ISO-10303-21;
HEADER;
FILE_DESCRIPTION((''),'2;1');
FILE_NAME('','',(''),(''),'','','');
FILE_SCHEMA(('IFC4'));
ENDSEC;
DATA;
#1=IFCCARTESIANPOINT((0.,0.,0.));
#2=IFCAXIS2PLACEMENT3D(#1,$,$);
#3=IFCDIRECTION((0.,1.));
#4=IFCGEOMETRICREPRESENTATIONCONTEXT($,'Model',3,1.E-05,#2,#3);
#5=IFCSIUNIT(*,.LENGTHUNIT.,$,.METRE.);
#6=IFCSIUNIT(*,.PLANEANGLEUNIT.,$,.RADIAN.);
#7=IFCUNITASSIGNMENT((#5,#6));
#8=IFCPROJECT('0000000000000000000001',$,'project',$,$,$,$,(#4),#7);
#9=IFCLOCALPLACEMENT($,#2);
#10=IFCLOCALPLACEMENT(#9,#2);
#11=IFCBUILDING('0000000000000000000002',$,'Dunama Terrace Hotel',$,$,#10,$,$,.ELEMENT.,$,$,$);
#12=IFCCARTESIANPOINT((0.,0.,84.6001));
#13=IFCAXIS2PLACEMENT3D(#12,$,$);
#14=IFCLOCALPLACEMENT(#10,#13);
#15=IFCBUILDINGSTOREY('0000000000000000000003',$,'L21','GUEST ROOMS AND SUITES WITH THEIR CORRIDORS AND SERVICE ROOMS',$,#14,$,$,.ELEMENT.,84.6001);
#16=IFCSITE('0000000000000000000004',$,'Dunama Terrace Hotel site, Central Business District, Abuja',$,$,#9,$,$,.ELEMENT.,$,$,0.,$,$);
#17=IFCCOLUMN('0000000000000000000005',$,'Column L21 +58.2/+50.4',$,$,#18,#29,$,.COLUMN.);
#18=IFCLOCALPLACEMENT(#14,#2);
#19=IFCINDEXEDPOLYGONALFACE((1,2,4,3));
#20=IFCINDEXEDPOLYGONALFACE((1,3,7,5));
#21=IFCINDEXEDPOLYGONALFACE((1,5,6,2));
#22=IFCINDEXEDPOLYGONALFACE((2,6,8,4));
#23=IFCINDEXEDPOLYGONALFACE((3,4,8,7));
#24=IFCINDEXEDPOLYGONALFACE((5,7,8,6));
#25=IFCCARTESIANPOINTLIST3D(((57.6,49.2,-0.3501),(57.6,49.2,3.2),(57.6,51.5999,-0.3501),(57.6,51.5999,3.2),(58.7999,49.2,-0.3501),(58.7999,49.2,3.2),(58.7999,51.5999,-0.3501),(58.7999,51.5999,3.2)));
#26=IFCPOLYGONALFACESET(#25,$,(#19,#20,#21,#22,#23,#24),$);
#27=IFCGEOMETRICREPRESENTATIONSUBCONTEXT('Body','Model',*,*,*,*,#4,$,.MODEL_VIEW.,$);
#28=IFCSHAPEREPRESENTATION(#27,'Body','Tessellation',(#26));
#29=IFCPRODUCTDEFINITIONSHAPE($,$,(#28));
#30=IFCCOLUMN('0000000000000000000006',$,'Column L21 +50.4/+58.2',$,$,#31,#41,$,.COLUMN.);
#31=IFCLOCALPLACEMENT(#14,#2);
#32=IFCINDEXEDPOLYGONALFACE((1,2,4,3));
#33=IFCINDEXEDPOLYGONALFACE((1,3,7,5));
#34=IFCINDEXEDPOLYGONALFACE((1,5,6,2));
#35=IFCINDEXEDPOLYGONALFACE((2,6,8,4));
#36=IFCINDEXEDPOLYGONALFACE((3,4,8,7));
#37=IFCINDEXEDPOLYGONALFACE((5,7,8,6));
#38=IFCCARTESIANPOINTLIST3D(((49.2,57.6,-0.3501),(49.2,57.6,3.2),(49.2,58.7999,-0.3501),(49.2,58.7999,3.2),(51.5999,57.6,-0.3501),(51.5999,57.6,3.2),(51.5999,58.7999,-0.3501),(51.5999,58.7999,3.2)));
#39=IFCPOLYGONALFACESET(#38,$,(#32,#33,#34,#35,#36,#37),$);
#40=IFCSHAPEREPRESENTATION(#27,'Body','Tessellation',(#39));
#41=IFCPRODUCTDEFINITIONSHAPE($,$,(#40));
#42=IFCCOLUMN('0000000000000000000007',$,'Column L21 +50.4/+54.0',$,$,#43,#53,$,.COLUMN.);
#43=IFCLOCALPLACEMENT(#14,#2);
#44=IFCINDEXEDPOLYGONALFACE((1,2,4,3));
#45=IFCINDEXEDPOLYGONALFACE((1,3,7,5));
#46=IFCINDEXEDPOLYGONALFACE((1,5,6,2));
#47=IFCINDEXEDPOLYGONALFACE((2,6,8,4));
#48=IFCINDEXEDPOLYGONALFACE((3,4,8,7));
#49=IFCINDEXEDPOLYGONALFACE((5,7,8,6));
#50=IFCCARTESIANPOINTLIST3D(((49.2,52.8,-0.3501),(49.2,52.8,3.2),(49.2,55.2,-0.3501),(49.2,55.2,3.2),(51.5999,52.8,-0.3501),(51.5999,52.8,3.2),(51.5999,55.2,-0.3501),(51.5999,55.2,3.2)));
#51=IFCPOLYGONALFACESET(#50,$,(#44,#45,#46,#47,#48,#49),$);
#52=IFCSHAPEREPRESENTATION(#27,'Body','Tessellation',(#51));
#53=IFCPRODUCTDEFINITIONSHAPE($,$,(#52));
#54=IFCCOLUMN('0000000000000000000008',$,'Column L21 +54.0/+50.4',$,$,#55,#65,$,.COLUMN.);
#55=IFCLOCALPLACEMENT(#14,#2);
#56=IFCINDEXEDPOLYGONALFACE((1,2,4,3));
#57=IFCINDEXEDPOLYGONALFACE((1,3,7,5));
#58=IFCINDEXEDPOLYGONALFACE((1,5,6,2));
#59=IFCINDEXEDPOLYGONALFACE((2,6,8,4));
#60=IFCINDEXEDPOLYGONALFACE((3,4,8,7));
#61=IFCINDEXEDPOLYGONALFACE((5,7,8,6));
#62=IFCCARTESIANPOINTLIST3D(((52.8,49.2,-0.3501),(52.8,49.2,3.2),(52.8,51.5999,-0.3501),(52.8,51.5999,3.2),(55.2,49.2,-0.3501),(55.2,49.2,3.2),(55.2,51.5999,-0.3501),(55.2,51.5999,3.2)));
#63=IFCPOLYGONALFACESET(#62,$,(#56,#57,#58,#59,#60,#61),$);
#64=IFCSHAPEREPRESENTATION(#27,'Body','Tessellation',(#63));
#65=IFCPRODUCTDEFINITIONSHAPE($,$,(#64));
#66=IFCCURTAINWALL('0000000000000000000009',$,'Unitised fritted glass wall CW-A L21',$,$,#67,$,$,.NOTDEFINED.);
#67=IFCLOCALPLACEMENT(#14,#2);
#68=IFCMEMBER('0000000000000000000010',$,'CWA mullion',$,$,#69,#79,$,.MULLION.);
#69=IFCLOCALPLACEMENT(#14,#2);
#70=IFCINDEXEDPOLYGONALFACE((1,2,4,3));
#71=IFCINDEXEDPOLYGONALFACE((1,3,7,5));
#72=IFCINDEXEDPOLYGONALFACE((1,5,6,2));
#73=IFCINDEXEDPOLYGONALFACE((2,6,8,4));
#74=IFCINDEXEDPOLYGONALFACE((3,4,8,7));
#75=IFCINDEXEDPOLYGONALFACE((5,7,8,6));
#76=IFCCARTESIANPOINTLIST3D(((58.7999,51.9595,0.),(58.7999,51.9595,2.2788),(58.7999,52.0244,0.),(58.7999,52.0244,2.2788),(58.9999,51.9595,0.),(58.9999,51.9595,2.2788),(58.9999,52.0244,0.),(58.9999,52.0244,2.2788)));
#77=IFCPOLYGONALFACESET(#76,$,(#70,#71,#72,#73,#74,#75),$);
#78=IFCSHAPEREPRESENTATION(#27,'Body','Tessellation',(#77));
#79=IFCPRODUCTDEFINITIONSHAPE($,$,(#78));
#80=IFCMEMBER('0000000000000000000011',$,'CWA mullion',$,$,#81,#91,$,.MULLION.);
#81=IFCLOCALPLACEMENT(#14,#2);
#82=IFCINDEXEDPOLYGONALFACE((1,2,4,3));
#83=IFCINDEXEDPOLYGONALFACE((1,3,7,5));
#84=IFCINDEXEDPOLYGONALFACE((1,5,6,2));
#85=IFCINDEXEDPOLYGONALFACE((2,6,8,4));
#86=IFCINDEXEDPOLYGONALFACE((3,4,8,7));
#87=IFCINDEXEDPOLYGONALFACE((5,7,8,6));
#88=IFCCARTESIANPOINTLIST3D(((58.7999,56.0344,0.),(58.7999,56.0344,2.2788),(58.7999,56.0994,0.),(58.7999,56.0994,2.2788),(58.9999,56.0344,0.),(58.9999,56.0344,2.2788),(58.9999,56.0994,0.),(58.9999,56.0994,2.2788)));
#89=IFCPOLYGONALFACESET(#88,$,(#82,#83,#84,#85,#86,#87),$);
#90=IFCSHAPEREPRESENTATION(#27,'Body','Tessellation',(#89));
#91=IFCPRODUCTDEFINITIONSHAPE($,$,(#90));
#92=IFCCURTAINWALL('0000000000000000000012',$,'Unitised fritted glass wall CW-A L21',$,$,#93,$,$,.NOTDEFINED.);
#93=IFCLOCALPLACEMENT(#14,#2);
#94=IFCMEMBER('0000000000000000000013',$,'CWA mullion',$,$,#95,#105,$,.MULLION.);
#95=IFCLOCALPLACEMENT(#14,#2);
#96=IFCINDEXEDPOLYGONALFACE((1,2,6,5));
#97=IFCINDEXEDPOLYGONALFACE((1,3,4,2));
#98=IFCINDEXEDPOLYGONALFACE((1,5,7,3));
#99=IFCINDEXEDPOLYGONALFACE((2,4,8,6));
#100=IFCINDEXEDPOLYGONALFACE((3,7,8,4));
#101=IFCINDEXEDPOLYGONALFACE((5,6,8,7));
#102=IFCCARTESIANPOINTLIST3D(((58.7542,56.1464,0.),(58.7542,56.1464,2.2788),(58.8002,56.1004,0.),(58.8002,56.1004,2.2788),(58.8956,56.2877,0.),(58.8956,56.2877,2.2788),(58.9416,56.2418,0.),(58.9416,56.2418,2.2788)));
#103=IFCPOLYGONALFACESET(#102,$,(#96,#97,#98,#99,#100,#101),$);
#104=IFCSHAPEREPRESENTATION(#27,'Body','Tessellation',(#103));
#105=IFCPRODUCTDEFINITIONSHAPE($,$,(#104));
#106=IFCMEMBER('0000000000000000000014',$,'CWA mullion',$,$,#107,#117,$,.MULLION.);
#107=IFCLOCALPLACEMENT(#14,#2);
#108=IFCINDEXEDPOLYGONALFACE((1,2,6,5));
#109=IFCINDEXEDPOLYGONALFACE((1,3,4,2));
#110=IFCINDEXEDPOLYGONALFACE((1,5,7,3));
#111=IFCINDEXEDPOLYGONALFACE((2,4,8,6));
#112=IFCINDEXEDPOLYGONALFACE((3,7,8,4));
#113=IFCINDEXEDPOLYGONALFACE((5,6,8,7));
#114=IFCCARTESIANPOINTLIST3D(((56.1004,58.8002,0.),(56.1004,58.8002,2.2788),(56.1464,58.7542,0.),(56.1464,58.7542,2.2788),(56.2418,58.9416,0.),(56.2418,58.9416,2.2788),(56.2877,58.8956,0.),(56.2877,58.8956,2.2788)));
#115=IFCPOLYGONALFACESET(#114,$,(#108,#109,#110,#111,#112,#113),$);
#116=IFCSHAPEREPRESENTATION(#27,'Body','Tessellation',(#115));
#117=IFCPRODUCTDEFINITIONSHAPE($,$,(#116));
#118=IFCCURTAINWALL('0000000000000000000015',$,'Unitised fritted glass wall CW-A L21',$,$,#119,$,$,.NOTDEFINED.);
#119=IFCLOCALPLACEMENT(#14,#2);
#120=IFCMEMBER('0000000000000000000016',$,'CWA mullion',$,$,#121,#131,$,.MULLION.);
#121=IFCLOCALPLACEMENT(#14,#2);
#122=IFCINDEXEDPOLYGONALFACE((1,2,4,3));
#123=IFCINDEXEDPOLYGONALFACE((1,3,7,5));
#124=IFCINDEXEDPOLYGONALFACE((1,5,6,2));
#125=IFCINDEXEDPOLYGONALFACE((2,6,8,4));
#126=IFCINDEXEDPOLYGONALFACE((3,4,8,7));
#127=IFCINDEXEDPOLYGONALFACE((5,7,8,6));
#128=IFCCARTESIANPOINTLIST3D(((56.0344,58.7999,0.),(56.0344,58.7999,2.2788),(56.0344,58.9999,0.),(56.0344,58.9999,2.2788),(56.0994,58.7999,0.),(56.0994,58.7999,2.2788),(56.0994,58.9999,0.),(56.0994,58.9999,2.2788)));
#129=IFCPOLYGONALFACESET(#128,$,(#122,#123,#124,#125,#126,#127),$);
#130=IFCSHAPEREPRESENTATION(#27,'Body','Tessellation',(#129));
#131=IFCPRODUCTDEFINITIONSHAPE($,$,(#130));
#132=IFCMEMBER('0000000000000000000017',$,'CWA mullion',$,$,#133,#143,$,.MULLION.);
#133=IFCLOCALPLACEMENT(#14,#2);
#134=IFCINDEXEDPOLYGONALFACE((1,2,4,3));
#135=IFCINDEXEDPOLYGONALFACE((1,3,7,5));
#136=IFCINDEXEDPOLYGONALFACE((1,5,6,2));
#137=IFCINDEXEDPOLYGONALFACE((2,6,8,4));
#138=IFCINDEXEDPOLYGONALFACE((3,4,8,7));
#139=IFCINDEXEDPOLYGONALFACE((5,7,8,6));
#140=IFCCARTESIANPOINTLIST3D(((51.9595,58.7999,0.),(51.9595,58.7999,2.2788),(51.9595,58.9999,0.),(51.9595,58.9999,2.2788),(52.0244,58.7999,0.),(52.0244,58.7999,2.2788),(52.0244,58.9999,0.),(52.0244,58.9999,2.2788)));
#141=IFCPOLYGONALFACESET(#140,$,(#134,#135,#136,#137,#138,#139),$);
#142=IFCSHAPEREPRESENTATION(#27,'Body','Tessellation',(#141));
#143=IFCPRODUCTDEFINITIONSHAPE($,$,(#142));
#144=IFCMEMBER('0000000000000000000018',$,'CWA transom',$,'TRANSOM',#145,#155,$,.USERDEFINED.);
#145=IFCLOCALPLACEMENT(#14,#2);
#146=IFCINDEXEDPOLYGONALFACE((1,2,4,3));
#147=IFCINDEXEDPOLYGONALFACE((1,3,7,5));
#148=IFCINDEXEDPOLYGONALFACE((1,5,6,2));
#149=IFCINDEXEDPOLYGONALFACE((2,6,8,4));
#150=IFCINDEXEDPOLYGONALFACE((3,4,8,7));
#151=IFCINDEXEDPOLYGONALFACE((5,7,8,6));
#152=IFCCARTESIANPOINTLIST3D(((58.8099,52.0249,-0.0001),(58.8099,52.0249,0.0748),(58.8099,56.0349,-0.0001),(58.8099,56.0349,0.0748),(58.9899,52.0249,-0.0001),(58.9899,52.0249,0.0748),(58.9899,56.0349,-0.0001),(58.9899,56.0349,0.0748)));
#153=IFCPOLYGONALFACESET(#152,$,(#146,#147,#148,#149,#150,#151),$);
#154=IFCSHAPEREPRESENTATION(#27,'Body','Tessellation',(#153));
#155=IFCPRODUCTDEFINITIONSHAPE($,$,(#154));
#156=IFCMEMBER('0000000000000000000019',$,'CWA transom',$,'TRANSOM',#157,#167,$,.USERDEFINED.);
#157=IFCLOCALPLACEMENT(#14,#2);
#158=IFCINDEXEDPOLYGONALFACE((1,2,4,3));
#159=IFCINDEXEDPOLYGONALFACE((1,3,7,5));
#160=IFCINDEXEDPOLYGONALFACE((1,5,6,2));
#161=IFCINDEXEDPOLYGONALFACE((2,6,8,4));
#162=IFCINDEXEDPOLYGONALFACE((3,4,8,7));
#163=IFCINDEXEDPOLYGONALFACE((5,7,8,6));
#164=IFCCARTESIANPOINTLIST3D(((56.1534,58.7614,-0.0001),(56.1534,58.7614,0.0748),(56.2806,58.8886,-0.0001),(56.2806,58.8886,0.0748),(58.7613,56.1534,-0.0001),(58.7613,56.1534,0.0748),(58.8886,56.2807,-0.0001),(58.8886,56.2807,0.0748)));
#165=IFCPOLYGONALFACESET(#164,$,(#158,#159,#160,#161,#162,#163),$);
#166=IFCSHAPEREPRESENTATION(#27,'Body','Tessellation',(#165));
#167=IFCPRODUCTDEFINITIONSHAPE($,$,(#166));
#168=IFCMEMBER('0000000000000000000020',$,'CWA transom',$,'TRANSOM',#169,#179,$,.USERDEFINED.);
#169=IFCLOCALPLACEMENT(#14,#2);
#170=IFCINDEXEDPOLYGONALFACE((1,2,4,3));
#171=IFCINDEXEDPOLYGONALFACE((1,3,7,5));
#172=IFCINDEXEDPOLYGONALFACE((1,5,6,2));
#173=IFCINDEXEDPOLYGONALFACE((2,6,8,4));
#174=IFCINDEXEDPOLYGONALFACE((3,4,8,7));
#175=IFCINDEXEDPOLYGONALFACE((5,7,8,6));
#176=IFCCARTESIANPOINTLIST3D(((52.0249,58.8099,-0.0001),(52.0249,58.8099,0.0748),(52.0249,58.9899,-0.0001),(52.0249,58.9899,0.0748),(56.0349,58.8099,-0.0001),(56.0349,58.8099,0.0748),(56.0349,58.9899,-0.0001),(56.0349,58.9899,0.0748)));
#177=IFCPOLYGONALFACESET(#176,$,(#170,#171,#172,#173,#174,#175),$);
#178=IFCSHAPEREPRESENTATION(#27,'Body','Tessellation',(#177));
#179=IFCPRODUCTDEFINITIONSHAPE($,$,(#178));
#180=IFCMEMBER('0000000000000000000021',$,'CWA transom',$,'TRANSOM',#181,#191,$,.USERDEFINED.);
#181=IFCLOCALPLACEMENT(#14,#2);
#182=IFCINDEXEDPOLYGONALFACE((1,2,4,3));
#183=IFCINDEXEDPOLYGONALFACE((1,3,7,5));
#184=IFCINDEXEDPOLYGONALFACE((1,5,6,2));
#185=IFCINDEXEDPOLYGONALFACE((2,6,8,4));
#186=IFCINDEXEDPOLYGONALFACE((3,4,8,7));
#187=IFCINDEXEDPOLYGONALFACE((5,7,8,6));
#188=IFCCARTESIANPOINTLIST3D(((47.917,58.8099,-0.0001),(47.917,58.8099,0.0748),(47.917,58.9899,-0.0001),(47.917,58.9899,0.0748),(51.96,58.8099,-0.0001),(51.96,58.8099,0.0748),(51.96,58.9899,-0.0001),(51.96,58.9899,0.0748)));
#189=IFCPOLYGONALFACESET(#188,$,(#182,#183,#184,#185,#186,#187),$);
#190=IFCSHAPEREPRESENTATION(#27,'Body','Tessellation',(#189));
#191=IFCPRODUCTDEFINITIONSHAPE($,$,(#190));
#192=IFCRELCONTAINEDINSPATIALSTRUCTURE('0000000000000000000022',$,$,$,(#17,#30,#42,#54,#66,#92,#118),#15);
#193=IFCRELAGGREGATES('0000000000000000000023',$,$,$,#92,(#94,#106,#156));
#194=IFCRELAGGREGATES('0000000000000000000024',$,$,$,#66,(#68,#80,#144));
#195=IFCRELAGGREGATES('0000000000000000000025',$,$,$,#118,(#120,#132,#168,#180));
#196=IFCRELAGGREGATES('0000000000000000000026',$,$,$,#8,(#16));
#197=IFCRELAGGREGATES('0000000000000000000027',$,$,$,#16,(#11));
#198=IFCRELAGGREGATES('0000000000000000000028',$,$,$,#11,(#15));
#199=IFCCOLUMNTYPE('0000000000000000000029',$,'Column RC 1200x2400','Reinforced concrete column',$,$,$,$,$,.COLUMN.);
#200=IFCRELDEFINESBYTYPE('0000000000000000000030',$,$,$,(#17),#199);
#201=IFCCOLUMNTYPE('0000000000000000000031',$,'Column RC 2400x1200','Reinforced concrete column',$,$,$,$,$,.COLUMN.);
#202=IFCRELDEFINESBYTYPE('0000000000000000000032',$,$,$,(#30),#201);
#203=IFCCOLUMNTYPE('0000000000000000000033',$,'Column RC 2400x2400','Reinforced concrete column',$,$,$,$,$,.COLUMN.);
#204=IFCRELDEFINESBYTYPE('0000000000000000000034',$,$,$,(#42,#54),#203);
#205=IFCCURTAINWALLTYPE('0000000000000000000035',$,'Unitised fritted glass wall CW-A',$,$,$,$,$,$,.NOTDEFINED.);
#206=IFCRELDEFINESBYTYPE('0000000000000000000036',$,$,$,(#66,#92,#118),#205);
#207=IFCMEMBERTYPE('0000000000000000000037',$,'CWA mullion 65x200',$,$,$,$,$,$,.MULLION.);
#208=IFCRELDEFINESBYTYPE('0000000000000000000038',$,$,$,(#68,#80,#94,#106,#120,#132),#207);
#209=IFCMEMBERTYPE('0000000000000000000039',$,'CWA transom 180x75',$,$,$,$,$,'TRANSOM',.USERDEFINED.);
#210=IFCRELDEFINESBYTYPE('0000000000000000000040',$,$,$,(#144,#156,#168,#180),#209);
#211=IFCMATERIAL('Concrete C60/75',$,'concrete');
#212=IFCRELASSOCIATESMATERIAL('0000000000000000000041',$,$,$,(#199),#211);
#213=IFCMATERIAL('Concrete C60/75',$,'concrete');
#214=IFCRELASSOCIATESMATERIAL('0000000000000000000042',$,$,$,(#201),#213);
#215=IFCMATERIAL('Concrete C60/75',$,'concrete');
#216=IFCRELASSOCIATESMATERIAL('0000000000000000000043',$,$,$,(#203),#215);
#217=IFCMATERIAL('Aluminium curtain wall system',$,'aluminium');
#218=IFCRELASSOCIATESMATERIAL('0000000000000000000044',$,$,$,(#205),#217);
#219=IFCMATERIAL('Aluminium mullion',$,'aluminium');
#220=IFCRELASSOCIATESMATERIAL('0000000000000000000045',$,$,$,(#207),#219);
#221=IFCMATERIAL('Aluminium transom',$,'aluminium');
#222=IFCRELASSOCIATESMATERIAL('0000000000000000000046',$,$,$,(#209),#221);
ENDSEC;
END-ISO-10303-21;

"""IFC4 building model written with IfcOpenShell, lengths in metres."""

from ifc_helpers import new_model, si_unit, direction, frame, origin, origin_2d, place, context, subcontext, project, spatial, rectangle, extrude, material, material_profile, profile_set, type_object, element, aggregate, save


model = new_model("IFC4")

# Units and contexts
model_context = context("Model", 3, precision=1e-05, world=origin(), true_north=direction((0.0, 1.0)))
body_context = subcontext(model_context, "Body", "Model", "MODEL_VIEW")
ifc_project = project(units=[si_unit("LENGTHUNIT", "METRE"), si_unit("PLANEANGLEUNIT", "RADIAN")], contexts=[model_context])

# Site, building, storey
site_placement = place(None, origin())
site = spatial("IfcSite", under=ifc_project, at=site_placement, Name="Dunama Terrace Hotel site, Central Business District, Abuja", CompositionType="ELEMENT", RefElevation=0.0)
building_placement = place(site_placement, origin())
building = spatial("IfcBuilding", under=site, at=building_placement, Name="Dunama Terrace Hotel", CompositionType="ELEMENT")
storey_placement = place(building_placement, frame((0.0, 0.0, 84.6001)))
storey = spatial("IfcBuildingStorey", under=building, at=storey_placement, Name="L21", Description="GUEST ROOMS AND SUITES WITH THEIR CORRIDORS AND SERVICE ROOMS", CompositionType="ELEMENT", Elevation=84.6001)

# Columns
ifc_material_1 = material(Name="Concrete C60/75", Category="concrete")
ifc_material_profile_1 = material_profile(ifc_material_1, rectangle(XDim=1.2, YDim=2.3999, at=origin_2d()), Name="RC 1200x2400")
ifc_profile_set_1 = profile_set([ifc_material_profile_1], Name="Concrete C60/75")
column_type_1 = type_object("IfcColumnType", Name="Column RC 1200x2400", Description="Reinforced concrete column", PredefinedType="COLUMN", material=ifc_profile_set_1)
column_1_placement = place(storey_placement, frame((58.2, 50.3999, -0.3501), z_axis=(0.0, 0.0, 1.0), x_axis=(1.0, 0.0, 0.0)))
element("IfcColumn", 1, at=column_1_placement, inside=storey, type_object=column_type_1, Name="Column L21 +58.2/+50.4", PredefinedType="COLUMN", context=body_context, shape_type="SweptSolid", body=[
    extrude(rectangle(XDim=1.2, YDim=2.3999, at=origin_2d()), origin(), (0.0, 0.0, 1.0), 3.55),
])
ifc_material_2 = material(Name="Concrete C60/75", Category="concrete")
ifc_material_profile_2 = material_profile(ifc_material_2, rectangle(XDim=2.3999, YDim=1.2, at=origin_2d()), Name="RC 2400x1200")
ifc_profile_set_2 = profile_set([ifc_material_profile_2], Name="Concrete C60/75")
column_type_2 = type_object("IfcColumnType", Name="Column RC 2400x1200", Description="Reinforced concrete column", PredefinedType="COLUMN", material=ifc_profile_set_2)
column_2_placement = place(storey_placement, frame((50.3999, 58.2, -0.3501), z_axis=(0.0, 0.0, 1.0), x_axis=(1.0, 0.0, 0.0)))
element("IfcColumn", 2, at=column_2_placement, inside=storey, type_object=column_type_2, Name="Column L21 +50.4/+58.2", PredefinedType="COLUMN", context=body_context, shape_type="SweptSolid", body=[
    extrude(rectangle(XDim=2.3999, YDim=1.2, at=origin_2d()), origin(), (0.0, 0.0, 1.0), 3.55),
])
ifc_material_3 = material(Name="Concrete C60/75", Category="concrete")
ifc_material_profile_3 = material_profile(ifc_material_3, rectangle(XDim=2.3999, YDim=2.3999, at=origin_2d()), Name="RC 2400x2400")
ifc_profile_set_3 = profile_set([ifc_material_profile_3], Name="Concrete C60/75")
column_type_3 = type_object("IfcColumnType", Name="Column RC 2400x2400", Description="Reinforced concrete column", PredefinedType="COLUMN", material=ifc_profile_set_3)
for number, where, z_axis, x_axis, name in (
    (3, (50.3999, 54.0, -0.3501), (0.0, 0.0, 1.0), (1.0, 0.0, 0.0), "Column L21 +50.4/+54.0"),
    (4, (54.0, 50.3999, -0.3501), (0.0, 0.0, 1.0), (1.0, 0.0, 0.0), "Column L21 +54.0/+50.4"),
):
    element("IfcColumn", number, at=place(storey_placement, frame(where, z_axis=z_axis, x_axis=x_axis)), inside=storey, type_object=column_type_3, Name=name, PredefinedType="COLUMN", context=body_context, shape_type="SweptSolid", body=[
        extrude(rectangle(XDim=2.3999, YDim=2.3999, at=origin_2d()), origin(), (0.0, 0.0, 1.0), 3.55),
    ])

# Curtain walls, members
ifc_material_4 = material(Name="Aluminium curtain wall system", Category="aluminium")
curtain_wall_type = type_object("IfcCurtainWallType", Name="Unitised fritted glass wall CW-A", PredefinedType="NOTDEFINED", material=ifc_material_4)
curtain_wall_1_placement = place(storey_placement, origin())
curtain_wall_1 = element("IfcCurtainWall", 5, at=curtain_wall_1_placement, inside=storey, type_object=curtain_wall_type, Name="Unitised fritted glass wall CW-A L21", PredefinedType="NOTDEFINED")
ifc_material_5 = material(Name="Aluminium mullion", Category="aluminium")
ifc_material_profile_4 = material_profile(ifc_material_5, rectangle(XDim=0.0649, YDim=0.2, at=origin_2d()), Name="CWA MULLION 65X200")
ifc_profile_set_4 = profile_set([ifc_material_profile_4], Name="Aluminium mullion")
member_type_1 = type_object("IfcMemberType", Name="CWA mullion 65x200", PredefinedType="MULLION", material=ifc_profile_set_4)
member_1_placement = place(storey_placement, frame((58.8999, 51.9919, 0.0), z_axis=(0.0, 0.0, 1.0), x_axis=(0.0, 1.0, 0.0)))
member_1 = element("IfcMember", 6, at=member_1_placement, type_object=member_type_1, Name="CWA mullion", PredefinedType="MULLION", context=body_context, shape_type="SweptSolid", body=[
    extrude(rectangle(XDim=0.0649, YDim=0.2, at=origin_2d()), origin(), (0.0, 0.0, 1.0), 2.2788),
])
member_2_placement = place(storey_placement, frame((58.8999, 56.0669, 0.0), z_axis=(0.0, 0.0, 1.0), x_axis=(0.0, 1.0, 0.0)))
member_2 = element("IfcMember", 7, at=member_2_placement, type_object=member_type_1, Name="CWA mullion", PredefinedType="MULLION", context=body_context, shape_type="SweptSolid", body=[
    extrude(rectangle(XDim=0.0649, YDim=0.2, at=origin_2d()), origin(), (0.0, 0.0, 1.0), 2.2788),
])
curtain_wall_2_placement = place(storey_placement, origin())
curtain_wall_2 = element("IfcCurtainWall", 8, at=curtain_wall_2_placement, inside=storey, type_object=curtain_wall_type, Name="Unitised fritted glass wall CW-A L21", PredefinedType="NOTDEFINED")
member_3_placement = place(storey_placement, frame((58.8479, 56.1941, 0.0), z_axis=(0.0, 0.0, 1.0), x_axis=(-0.707107, 0.707107, 0.0)))
member_3 = element("IfcMember", 9, at=member_3_placement, type_object=member_type_1, Name="CWA mullion", PredefinedType="MULLION", context=body_context, shape_type="SweptSolid", body=[
    extrude(rectangle(XDim=0.0649, YDim=0.2, at=origin_2d()), origin(), (0.0, 0.0, 1.0), 2.2788),
])
member_4_placement = place(storey_placement, frame((56.1941, 58.8479, 0.0), z_axis=(0.0, 0.0, 1.0), x_axis=(-0.707107, 0.707107, 0.0)))
member_4 = element("IfcMember", 10, at=member_4_placement, type_object=member_type_1, Name="CWA mullion", PredefinedType="MULLION", context=body_context, shape_type="SweptSolid", body=[
    extrude(rectangle(XDim=0.0649, YDim=0.2, at=origin_2d()), origin(), (0.0, 0.0, 1.0), 2.2788),
])
curtain_wall_3_placement = place(storey_placement, origin())
curtain_wall_3 = element("IfcCurtainWall", 11, at=curtain_wall_3_placement, inside=storey, type_object=curtain_wall_type, Name="Unitised fritted glass wall CW-A L21", PredefinedType="NOTDEFINED")
member_5_placement = place(storey_placement, frame((56.0669, 58.8999, 0.0), z_axis=(0.0, 0.0, 1.0), x_axis=(-1.0, 0.0, 0.0)))
member_5 = element("IfcMember", 12, at=member_5_placement, type_object=member_type_1, Name="CWA mullion", PredefinedType="MULLION", context=body_context, shape_type="SweptSolid", body=[
    extrude(rectangle(XDim=0.0649, YDim=0.2, at=origin_2d()), origin(), (0.0, 0.0, 1.0), 2.2788),
])
member_6_placement = place(storey_placement, frame((51.9919, 58.8999, 0.0), z_axis=(0.0, 0.0, 1.0), x_axis=(-1.0, 0.0, 0.0)))
member_6 = element("IfcMember", 13, at=member_6_placement, type_object=member_type_1, Name="CWA mullion", PredefinedType="MULLION", context=body_context, shape_type="SweptSolid", body=[
    extrude(rectangle(XDim=0.0649, YDim=0.2, at=origin_2d()), origin(), (0.0, 0.0, 1.0), 2.2788),
])

# Members
ifc_material_6 = material(Name="Aluminium transom", Category="aluminium")
ifc_material_profile_5 = material_profile(ifc_material_6, rectangle(XDim=0.1799, YDim=0.075, at=origin_2d()), Name="CWA TRANSOM 180X75")
ifc_profile_set_5 = profile_set([ifc_material_profile_5], Name="Aluminium transom")
member_type_2 = type_object("IfcMemberType", Name="CWA transom 180x75", ElementType="TRANSOM", PredefinedType="USERDEFINED", material=ifc_profile_set_5)
member_7_placement = place(storey_placement, frame((58.8999, 52.0249, 0.0374), z_axis=(0.0, 1.0, 0.0), x_axis=(-1.0, 0.0, 0.0)))
member_7 = element("IfcMember", 14, at=member_7_placement, type_object=member_type_2, Name="CWA transom", ObjectType="TRANSOM", PredefinedType="USERDEFINED", context=body_context, shape_type="SweptSolid", body=[
    extrude(rectangle(XDim=0.1799, YDim=0.075, at=origin_2d()), origin(), (0.0, 0.0, 1.0), 4.01),
])
member_8_placement = place(storey_placement, frame((58.825, 56.217, 0.0374), z_axis=(-0.707107, 0.707107, 0.0), x_axis=(-0.707107, -0.707107, 0.0)))
member_8 = element("IfcMember", 15, at=member_8_placement, type_object=member_type_2, Name="CWA transom", ObjectType="TRANSOM", PredefinedType="USERDEFINED", context=body_context, shape_type="SweptSolid", body=[
    extrude(rectangle(XDim=0.1799, YDim=0.075, at=origin_2d()), origin(), (0.0, 0.0, 1.0), 3.6882),
])
member_9_placement = place(storey_placement, frame((56.0349, 58.8999, 0.0374), z_axis=(-1.0, 0.0, 0.0), x_axis=(0.0, -1.0, 0.0)))
member_9 = element("IfcMember", 16, at=member_9_placement, type_object=member_type_2, Name="CWA transom", ObjectType="TRANSOM", PredefinedType="USERDEFINED", context=body_context, shape_type="SweptSolid", body=[
    extrude(rectangle(XDim=0.1799, YDim=0.075, at=origin_2d()), origin(), (0.0, 0.0, 1.0), 4.01),
])
member_10_placement = place(storey_placement, frame((51.96, 58.8999, 0.0374), z_axis=(-1.0, 0.0, 0.0), x_axis=(0.0, -1.0, 0.0)))
member_10 = element("IfcMember", 17, at=member_10_placement, type_object=member_type_2, Name="CWA transom", ObjectType="TRANSOM", PredefinedType="USERDEFINED", context=body_context, shape_type="SweptSolid", body=[
    extrude(rectangle(XDim=0.1799, YDim=0.075, at=origin_2d()), origin(), (0.0, 0.0, 1.0), 4.043),
])

aggregate(curtain_wall_2, [member_3, member_4, member_8])
aggregate(curtain_wall_1, [member_1, member_2, member_7])
aggregate(curtain_wall_3, [member_5, member_6, member_9, member_10])

save(model, "model.ifc")
